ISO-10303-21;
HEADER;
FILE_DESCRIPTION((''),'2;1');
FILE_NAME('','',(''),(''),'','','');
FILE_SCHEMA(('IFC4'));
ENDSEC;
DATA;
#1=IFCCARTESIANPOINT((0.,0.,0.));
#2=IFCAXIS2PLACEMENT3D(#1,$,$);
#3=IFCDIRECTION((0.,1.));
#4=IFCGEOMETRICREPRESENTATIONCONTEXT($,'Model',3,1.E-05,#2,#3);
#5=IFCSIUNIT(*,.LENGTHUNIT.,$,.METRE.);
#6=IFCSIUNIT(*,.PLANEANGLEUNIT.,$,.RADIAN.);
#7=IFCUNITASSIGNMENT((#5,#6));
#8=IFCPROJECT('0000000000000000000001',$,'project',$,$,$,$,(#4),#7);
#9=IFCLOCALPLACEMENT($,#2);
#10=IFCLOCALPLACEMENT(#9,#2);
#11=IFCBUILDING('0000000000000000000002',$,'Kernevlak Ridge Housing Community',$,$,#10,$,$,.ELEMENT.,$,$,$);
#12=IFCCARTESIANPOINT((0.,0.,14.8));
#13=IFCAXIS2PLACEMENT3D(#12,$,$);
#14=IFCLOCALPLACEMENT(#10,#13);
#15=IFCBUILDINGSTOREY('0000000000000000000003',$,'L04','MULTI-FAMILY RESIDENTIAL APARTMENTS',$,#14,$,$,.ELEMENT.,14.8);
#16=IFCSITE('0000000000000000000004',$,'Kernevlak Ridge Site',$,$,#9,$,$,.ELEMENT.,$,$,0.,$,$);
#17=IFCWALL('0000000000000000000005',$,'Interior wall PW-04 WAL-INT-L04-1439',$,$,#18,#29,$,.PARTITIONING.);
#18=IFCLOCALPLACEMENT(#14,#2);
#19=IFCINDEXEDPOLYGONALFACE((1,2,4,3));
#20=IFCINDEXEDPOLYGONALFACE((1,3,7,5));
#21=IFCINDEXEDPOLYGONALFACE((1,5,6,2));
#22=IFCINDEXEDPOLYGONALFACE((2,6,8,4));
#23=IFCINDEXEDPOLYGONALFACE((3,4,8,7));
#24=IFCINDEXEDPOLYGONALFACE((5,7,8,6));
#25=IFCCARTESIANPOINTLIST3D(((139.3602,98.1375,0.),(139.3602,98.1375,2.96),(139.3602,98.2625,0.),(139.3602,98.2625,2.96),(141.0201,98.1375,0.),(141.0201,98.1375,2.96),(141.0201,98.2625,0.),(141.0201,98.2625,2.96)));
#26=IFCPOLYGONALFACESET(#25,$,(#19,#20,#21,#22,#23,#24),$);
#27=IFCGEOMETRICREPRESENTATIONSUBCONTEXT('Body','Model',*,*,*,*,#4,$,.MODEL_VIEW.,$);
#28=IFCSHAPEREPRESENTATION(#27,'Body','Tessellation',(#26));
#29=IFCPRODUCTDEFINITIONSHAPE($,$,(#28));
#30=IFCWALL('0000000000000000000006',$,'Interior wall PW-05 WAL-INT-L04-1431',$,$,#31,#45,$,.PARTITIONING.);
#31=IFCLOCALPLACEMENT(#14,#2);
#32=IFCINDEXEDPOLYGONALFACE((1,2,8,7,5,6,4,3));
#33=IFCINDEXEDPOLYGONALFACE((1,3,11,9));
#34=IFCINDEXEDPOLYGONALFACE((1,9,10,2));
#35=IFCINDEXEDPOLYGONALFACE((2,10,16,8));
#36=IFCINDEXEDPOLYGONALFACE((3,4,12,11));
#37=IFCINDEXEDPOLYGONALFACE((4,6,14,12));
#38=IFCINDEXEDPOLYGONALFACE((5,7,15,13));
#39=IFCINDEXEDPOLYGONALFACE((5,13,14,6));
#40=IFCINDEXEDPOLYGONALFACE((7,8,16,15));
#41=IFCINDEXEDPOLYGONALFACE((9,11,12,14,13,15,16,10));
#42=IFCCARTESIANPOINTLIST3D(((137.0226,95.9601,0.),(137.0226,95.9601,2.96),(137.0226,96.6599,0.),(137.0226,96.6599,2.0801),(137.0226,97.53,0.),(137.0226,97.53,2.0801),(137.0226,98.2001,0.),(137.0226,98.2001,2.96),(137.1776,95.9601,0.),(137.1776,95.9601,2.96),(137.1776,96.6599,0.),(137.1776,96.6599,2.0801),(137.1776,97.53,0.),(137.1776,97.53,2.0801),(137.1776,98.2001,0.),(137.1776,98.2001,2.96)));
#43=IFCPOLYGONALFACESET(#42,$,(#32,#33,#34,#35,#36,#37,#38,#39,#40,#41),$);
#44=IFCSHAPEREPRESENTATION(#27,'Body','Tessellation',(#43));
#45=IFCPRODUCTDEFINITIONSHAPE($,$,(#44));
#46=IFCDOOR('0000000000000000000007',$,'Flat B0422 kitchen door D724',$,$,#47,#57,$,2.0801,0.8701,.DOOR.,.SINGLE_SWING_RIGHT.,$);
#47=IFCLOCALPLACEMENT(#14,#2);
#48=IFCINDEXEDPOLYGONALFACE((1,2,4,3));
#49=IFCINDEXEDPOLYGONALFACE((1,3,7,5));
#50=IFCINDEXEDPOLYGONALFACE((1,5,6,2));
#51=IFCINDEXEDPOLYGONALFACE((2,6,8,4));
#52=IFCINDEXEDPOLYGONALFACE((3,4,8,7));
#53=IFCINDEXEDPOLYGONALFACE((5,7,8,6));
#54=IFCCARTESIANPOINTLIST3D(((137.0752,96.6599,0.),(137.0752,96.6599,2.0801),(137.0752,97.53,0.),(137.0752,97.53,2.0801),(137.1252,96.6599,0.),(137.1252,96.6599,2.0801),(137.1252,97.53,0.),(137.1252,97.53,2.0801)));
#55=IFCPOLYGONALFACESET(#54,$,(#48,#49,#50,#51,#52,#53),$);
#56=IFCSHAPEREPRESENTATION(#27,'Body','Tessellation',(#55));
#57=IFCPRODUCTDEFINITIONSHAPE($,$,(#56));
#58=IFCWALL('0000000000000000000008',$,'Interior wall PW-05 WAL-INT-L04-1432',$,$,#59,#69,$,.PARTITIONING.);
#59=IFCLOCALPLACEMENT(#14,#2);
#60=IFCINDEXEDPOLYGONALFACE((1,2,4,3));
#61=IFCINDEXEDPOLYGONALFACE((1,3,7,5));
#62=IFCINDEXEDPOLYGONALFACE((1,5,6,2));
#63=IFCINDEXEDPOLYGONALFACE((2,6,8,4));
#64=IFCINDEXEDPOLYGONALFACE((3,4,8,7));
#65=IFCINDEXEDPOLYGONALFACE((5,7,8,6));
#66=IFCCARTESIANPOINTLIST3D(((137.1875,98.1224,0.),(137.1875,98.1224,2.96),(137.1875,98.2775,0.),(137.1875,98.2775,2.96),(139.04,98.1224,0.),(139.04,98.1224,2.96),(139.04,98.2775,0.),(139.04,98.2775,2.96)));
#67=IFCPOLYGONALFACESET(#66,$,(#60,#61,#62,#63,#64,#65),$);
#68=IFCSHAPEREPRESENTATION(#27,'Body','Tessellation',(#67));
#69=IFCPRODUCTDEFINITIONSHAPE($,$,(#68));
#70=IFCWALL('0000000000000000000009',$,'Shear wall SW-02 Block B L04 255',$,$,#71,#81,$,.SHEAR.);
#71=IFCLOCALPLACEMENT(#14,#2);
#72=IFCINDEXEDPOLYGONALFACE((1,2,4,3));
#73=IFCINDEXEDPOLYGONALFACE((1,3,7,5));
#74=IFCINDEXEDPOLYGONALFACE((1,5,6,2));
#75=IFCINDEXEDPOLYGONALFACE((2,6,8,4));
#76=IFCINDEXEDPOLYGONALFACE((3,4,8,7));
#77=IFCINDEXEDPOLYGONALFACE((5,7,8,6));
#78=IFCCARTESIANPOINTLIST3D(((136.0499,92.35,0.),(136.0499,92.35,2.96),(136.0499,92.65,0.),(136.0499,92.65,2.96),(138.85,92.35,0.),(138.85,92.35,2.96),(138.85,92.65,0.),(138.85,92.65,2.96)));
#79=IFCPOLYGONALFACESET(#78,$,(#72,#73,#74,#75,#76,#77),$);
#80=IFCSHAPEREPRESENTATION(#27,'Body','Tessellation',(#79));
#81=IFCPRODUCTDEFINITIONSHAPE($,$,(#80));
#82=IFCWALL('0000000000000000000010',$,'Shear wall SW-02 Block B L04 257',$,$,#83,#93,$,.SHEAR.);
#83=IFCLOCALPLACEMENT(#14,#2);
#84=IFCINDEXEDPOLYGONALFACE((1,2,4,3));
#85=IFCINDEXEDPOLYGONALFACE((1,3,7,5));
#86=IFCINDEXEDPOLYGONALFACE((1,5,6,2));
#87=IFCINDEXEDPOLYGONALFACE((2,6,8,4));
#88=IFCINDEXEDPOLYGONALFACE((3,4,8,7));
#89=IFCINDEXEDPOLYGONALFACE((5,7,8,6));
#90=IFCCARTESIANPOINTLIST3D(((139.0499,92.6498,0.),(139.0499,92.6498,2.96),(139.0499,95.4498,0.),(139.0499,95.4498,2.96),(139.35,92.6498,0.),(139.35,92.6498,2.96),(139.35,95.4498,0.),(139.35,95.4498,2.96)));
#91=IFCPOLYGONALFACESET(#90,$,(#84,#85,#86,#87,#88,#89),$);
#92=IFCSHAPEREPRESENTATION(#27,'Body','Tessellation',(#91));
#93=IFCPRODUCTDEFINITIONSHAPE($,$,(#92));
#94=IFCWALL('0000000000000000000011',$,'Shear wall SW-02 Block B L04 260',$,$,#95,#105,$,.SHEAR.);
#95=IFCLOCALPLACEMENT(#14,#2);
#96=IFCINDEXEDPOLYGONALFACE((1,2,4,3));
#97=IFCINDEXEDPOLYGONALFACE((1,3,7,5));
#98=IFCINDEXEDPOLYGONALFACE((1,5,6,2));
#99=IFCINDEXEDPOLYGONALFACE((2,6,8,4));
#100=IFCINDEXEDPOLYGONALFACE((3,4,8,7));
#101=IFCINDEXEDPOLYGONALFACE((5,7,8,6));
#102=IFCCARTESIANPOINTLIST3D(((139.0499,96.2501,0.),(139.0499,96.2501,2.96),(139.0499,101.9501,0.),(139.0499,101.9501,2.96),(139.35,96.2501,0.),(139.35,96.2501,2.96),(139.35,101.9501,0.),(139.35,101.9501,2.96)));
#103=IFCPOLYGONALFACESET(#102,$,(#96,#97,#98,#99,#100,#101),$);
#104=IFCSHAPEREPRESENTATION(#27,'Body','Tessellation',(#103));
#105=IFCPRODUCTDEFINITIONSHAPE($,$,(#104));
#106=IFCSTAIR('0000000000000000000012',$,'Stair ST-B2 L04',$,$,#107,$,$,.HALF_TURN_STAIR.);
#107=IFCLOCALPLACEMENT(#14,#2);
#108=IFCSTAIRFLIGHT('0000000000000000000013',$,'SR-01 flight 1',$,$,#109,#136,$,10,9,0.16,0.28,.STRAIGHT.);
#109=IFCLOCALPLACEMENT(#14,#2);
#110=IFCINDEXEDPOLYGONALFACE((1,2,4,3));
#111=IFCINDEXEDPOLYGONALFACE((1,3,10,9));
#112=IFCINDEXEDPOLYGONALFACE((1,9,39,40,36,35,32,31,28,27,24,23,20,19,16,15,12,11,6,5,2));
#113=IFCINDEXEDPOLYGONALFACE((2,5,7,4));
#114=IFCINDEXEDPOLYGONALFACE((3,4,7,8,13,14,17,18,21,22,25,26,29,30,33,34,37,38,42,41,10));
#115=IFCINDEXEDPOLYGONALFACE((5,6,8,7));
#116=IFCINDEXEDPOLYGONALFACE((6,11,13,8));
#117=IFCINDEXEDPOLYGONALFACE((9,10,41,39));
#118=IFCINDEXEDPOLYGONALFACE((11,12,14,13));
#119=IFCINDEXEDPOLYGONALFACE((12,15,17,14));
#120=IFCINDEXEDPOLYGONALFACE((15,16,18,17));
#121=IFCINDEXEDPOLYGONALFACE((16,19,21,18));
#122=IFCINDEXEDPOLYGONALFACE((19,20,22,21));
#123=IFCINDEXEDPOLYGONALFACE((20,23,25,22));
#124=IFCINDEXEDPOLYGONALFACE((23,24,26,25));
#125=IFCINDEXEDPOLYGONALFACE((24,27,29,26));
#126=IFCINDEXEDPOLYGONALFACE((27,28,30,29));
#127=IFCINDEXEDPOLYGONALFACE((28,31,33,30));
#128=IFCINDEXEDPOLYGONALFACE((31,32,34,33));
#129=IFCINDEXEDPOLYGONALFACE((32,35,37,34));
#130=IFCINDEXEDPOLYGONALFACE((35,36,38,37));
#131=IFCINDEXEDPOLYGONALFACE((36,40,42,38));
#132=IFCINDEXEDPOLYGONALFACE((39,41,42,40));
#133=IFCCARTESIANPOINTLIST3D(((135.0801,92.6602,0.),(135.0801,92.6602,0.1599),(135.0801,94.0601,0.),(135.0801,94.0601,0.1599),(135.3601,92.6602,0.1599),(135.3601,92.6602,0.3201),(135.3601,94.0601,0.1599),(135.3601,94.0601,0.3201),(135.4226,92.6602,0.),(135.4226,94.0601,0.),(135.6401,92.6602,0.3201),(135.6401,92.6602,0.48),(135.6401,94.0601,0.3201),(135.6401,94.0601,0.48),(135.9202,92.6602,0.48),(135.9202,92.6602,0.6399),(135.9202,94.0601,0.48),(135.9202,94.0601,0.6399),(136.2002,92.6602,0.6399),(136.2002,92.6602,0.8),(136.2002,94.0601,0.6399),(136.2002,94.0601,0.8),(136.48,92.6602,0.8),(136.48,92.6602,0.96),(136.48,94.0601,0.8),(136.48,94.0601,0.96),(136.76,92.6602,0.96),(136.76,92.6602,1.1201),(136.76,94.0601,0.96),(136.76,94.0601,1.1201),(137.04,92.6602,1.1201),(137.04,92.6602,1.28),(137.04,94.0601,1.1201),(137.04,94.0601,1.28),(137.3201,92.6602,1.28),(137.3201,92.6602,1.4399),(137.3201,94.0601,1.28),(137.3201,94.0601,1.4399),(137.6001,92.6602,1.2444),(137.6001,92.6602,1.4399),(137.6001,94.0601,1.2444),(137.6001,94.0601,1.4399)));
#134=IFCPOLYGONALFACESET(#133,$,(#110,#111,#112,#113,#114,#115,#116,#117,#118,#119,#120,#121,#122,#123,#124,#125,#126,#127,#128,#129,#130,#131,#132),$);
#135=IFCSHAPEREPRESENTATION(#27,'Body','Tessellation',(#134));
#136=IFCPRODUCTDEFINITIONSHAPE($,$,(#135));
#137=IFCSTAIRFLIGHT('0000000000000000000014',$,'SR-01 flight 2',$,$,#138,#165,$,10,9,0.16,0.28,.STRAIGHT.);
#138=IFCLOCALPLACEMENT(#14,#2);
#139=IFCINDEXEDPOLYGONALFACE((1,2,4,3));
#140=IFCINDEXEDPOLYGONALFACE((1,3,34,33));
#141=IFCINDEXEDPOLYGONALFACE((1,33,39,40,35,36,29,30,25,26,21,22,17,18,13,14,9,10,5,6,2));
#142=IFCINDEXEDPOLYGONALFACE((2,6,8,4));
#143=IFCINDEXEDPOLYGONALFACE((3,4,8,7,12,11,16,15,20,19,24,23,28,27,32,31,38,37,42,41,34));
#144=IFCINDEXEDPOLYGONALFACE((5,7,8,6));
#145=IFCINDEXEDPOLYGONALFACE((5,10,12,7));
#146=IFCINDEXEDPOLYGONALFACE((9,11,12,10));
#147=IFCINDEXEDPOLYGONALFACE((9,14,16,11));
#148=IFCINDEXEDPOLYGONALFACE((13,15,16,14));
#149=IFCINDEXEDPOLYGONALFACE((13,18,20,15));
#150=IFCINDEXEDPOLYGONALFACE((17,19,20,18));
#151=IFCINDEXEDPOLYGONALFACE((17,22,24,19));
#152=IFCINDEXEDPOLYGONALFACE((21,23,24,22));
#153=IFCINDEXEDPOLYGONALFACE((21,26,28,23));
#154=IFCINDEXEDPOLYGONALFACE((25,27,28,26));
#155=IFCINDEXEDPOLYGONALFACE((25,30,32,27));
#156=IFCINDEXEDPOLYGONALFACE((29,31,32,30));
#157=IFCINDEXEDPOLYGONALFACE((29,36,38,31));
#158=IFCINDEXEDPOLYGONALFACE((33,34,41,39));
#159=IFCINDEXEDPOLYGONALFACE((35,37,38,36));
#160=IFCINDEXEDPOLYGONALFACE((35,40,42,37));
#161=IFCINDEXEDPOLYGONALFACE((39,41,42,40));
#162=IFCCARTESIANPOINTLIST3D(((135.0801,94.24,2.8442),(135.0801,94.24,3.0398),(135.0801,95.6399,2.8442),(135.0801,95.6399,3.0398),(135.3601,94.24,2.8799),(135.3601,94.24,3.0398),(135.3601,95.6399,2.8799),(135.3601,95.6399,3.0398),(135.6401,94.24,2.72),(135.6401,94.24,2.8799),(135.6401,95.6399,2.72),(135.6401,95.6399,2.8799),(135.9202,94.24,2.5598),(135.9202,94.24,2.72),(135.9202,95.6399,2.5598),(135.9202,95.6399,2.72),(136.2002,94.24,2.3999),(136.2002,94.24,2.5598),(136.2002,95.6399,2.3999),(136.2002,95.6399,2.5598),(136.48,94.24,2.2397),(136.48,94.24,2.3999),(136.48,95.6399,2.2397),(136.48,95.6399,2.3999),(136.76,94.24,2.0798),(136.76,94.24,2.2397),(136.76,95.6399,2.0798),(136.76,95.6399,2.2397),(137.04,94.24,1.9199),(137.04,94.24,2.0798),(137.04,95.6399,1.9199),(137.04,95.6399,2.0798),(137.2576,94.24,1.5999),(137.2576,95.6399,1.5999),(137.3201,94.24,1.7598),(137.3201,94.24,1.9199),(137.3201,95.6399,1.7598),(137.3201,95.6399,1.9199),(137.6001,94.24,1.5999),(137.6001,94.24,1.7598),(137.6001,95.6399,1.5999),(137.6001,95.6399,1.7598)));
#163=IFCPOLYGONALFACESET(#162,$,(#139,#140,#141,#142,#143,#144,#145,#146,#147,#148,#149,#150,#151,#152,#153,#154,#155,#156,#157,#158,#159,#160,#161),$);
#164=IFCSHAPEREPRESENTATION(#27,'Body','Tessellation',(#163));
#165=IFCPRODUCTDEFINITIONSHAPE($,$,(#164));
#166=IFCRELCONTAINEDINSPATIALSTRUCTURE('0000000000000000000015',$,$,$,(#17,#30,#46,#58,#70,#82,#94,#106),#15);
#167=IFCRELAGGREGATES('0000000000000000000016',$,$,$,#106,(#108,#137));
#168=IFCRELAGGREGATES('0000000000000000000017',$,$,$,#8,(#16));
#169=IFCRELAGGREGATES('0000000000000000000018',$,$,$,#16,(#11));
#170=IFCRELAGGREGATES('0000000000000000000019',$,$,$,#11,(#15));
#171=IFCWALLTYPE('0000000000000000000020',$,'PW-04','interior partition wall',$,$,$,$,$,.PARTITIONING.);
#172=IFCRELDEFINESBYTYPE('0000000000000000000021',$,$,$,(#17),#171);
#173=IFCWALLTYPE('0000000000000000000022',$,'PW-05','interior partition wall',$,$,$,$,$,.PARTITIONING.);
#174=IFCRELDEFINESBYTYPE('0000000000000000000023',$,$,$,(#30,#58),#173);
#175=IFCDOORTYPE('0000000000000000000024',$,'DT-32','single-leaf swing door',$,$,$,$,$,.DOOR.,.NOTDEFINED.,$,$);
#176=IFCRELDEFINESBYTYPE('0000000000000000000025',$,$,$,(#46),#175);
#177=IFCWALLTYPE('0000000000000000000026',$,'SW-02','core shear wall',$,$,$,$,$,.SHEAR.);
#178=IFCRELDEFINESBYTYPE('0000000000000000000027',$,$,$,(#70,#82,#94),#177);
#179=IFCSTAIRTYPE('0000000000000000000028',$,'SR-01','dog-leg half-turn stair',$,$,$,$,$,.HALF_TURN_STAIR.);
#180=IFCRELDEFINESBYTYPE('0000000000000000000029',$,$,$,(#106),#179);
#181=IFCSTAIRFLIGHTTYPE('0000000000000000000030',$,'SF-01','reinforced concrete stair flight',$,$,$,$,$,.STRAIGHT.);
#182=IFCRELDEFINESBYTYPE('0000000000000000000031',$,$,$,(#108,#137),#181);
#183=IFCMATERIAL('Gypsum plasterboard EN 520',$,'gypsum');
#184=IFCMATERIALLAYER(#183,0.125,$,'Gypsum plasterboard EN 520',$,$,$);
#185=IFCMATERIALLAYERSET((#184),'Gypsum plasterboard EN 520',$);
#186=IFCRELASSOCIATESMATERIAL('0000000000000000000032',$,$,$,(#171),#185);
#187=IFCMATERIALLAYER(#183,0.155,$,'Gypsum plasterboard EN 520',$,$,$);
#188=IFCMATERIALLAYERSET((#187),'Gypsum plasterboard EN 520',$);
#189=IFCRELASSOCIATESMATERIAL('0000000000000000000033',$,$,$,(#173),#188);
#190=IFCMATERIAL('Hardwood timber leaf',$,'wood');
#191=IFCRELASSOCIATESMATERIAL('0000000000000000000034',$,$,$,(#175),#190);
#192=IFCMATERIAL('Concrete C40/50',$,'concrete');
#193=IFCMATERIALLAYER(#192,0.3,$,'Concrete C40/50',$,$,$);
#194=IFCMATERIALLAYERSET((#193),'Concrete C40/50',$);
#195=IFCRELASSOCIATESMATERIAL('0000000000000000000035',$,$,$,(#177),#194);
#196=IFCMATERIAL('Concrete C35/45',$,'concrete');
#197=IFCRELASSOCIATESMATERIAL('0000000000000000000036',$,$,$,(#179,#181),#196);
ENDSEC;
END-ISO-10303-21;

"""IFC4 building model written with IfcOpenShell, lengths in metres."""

from ifc_helpers import new_model, si_unit, direction, frame, frame_2d, origin, place, context, subcontext, project, spatial, polyline, rectangle, outline, extrude, material, layer, layer_set, type_object, element, fill, aggregate, save


model = new_model("IFC4")

# Units and contexts
model_context = context("Model", 3, precision=1e-05, world=origin(), true_north=direction((0.0, 1.0)))
body_context = subcontext(model_context, "Body", "Model", "MODEL_VIEW")
ifc_project = project(units=[si_unit("LENGTHUNIT", "METRE"), si_unit("PLANEANGLEUNIT", "RADIAN")], contexts=[model_context])

# Site, building, storey
site_placement = place(None, origin())
site = spatial("IfcSite", under=ifc_project, at=site_placement, Name="Kernevlak Ridge Site", CompositionType="ELEMENT", RefElevation=0.0)
building_placement = place(site_placement, origin())
building = spatial("IfcBuilding", under=site, at=building_placement, Name="Kernevlak Ridge Housing Community", CompositionType="ELEMENT")
storey_placement = place(building_placement, frame((0.0, 0.0, 14.8)))
storey = spatial("IfcBuildingStorey", under=building, at=storey_placement, Name="L04", Description="MULTI-FAMILY RESIDENTIAL APARTMENTS", CompositionType="ELEMENT", Elevation=14.8)

# Shared definitions
ifc_material_1 = material(Name="Concrete C40/50", Category="concrete")

# Shared definitions
ifc_material_2 = material(Name="Concrete C35/45", Category="concrete")

# Shared definitions
ifc_material_3 = material(Name="Gypsum plasterboard EN 520", Category="gypsum")
ifc_layer_1 = layer(ifc_material_3, 0.125, Name="Gypsum plasterboard EN 520")
ifc_layer_set_1 = layer_set([ifc_layer_1], Name="Gypsum plasterboard EN 520")
wall_type_1 = type_object("IfcWallType", Name="PW-04", Description="interior partition wall", PredefinedType="PARTITIONING", material=ifc_layer_set_1)

# Wall
wall_1_placement = place(storey_placement, frame((139.3601, 98.2, 0.0), z_axis=(0.0, 0.0, 1.0), x_axis=(1.0, 0.0, 0.0)))
element("IfcWall", 1, at=wall_1_placement, inside=storey, type_object=wall_type_1, Name="Interior wall PW-04 WAL-INT-L04-1439", PredefinedType="PARTITIONING", context=body_context, shape_type="SweptSolid", body=[
    extrude(rectangle(XDim=1.6599, YDim=0.125, at=frame_2d((0.8301, 0.0))), origin(), (0.0, 0.0, 1.0), 2.96),
])

# Wall, opening, door
ifc_layer_2 = layer(ifc_material_3, 0.155, Name="Gypsum plasterboard EN 520")
ifc_layer_set_2 = layer_set([ifc_layer_2], Name="Gypsum plasterboard EN 520")
wall_type_2 = type_object("IfcWallType", Name="PW-05", Description="interior partition wall", PredefinedType="PARTITIONING", material=ifc_layer_set_2)
wall_2_placement = place(storey_placement, frame((137.1001, 95.96, 0.0), z_axis=(0.0, 0.0, 1.0), x_axis=(0.0, 1.0, 0.0)))
wall_2 = element("IfcWall", 2, at=wall_2_placement, inside=storey, type_object=wall_type_2, Name="Interior wall PW-05 WAL-INT-L04-1431", PredefinedType="PARTITIONING", context=body_context, shape_type="SweptSolid", body=[
    extrude(rectangle(XDim=2.24, YDim=0.155, at=frame_2d((1.1201, 0.0))), origin(), (0.0, 0.0, 1.0), 2.96),
])
opening_1_placement = place(wall_2_placement, frame((0.7, 0.0, 0.0)))
opening_1 = element("IfcOpeningElement", 3, at=opening_1_placement, cuts=wall_2, PredefinedType="OPENING", context=body_context, shape_type="SweptSolid", body=[
    extrude(rectangle(XDim=0.8701, YDim=2.0801, at=frame_2d((0.4351, 1.04))), frame((0.0, 0.0874, 0.0), z_axis=(0.0, -1.0, 0.0), x_axis=(1.0, 0.0, 0.0)), (0.0, 0.0, 1.0), 0.175),
])
ifc_material_4 = material(Name="Hardwood timber leaf", Category="wood")
door_type_1 = type_object("IfcDoorType", Name="DT-32", Description="single-leaf swing door", OperationType="NOTDEFINED", PredefinedType="DOOR", material=ifc_material_4)
door_1_placement = place(opening_1_placement, origin())
door_1 = element("IfcDoor", 4, at=door_1_placement, inside=storey, type_object=door_type_1, Name="Flat B0422 kitchen door D724", OperationType="SINGLE_SWING_RIGHT", OverallHeight=2.0801, OverallWidth=0.8701, PredefinedType="DOOR", context=body_context, shape_type="SweptSolid", body=[
    extrude(rectangle(XDim=0.8701, YDim=2.0801, at=frame_2d((0.4351, 1.04))), frame((0.0, 0.0249, 0.0), z_axis=(0.0, -1.0, 0.0), x_axis=(1.0, 0.0, 0.0)), (0.0, 0.0, 1.0), 0.05),
])
fill(opening_1, door_1)

# Walls
wall_3_placement = place(storey_placement, frame((137.1875, 98.2, 0.0), z_axis=(0.0, 0.0, 1.0), x_axis=(1.0, 0.0, 0.0)))
element("IfcWall", 5, at=wall_3_placement, inside=storey, type_object=wall_type_2, Name="Interior wall PW-05 WAL-INT-L04-1432", PredefinedType="PARTITIONING", context=body_context, shape_type="SweptSolid", body=[
    extrude(rectangle(XDim=1.8525, YDim=0.155, at=frame_2d((0.9263, 0.0))), origin(), (0.0, 0.0, 1.0), 2.96),
])
ifc_layer_3 = layer(ifc_material_1, 0.3, Name="Concrete C40/50")
ifc_layer_set_3 = layer_set([ifc_layer_3], Name="Concrete C40/50")
wall_type_3 = type_object("IfcWallType", Name="SW-02", Description="core shear wall", PredefinedType="SHEAR", material=ifc_layer_set_3)
for number, where, z_axis, x_axis, name in (
    (6, (136.05, 92.5, 0.0), (0.0, 0.0, 1.0), (1.0, 0.0, 0.0), "Shear wall SW-02 Block B L04 255"),
    (7, (139.2, 92.6499, 0.0), (0.0, 0.0, 1.0), (0.0, 1.0, 0.0), "Shear wall SW-02 Block B L04 257"),
):
    element("IfcWall", number, at=place(storey_placement, frame(where, z_axis=z_axis, x_axis=x_axis)), inside=storey, type_object=wall_type_3, Name=name, PredefinedType="SHEAR", context=body_context, shape_type="SweptSolid", body=[
        extrude(rectangle(XDim=2.8, YDim=0.3, at=frame_2d((1.3999, 0.0))), origin(), (0.0, 0.0, 1.0), 2.96),
    ])
wall_4_placement = place(storey_placement, frame((139.2, 96.25, 0.0), z_axis=(0.0, 0.0, 1.0), x_axis=(0.0, 1.0, 0.0)))
element("IfcWall", 8, at=wall_4_placement, inside=storey, type_object=wall_type_3, Name="Shear wall SW-02 Block B L04 260", PredefinedType="SHEAR", context=body_context, shape_type="SweptSolid", body=[
    extrude(rectangle(XDim=5.7, YDim=0.3, at=frame_2d((2.8501, 0.0))), origin(), (0.0, 0.0, 1.0), 2.96),
])

# Stair, stair flights
stair_type = type_object("IfcStairType", Name="SR-01", Description="dog-leg half-turn stair", PredefinedType="HALF_TURN_STAIR", material=ifc_material_2)
stair_placement = place(storey_placement, origin())
stair = element("IfcStair", 9, at=stair_placement, inside=storey, type_object=stair_type, Name="Stair ST-B2 L04", PredefinedType="HALF_TURN_STAIR")
stair_flight_type = type_object("IfcStairFlightType", Name="SF-01", Description="reinforced concrete stair flight", PredefinedType="STRAIGHT", material=ifc_material_2)
stair_flight_1_placement = place(storey_placement, frame((135.0801, 93.3601, 0.0), z_axis=(0.0, 0.0, 1.0), x_axis=(1.0, 0.0, 0.0)))
stair_flight_1 = element("IfcStairFlight", 10, at=stair_flight_1_placement, type_object=stair_flight_type, Name="SR-01 flight 1", NumberOfRisers=10, NumberOfTreads=9, PredefinedType="STRAIGHT", RiserHeight=0.16, TreadLength=0.28, context=body_context, shape_type="SweptSolid", body=[
    extrude(outline(polyline([(0.0, 0.0), (0.0, 0.1599), (0.28, 0.1599), (0.28, 0.3201), (0.5601, 0.3201), (0.5601, 0.48), (0.8401, 0.48), (0.8401, 0.6399), (1.1201, 0.6399), (1.1201, 0.8), (1.3999, 0.8), (1.3999, 0.96), (1.6799, 0.96), (1.6799, 1.1201), (1.96, 1.1201), (1.96, 1.28), (2.24, 1.28), (2.24, 1.4399), (2.52, 1.4399), (2.52, 1.6001), (2.52, 1.2444), (0.3425, 0.0), (0.0, 0.0)])), frame((0.0, 0.7, 0.0), z_axis=(0.0, -1.0, 0.0), x_axis=(1.0, 0.0, 0.0)), (0.0, 0.0, 1.0), 1.3999),
])
stair_flight_2_placement = place(storey_placement, frame((137.6001, 94.9399, 1.5999), z_axis=(0.0, 0.0, 1.0), x_axis=(-1.0, 0.0, 0.0)))
stair_flight_2 = element("IfcStairFlight", 11, at=stair_flight_2_placement, type_object=stair_flight_type, Name="SR-01 flight 2", NumberOfRisers=10, NumberOfTreads=9, PredefinedType="STRAIGHT", RiserHeight=0.16, TreadLength=0.28, context=body_context, shape_type="SweptSolid", body=[
    extrude(outline(polyline([(0.0, 0.0), (0.0, 0.1599), (0.28, 0.1599), (0.28, 0.3201), (0.5601, 0.3201), (0.5601, 0.48), (0.8401, 0.48), (0.8401, 0.6399), (1.1201, 0.6399), (1.1201, 0.8), (1.3999, 0.8), (1.3999, 0.96), (1.6799, 0.96), (1.6799, 1.1201), (1.96, 1.1201), (1.96, 1.28), (2.24, 1.28), (2.24, 1.4399), (2.52, 1.4399), (2.52, 1.6001), (2.52, 1.2444), (0.3425, 0.0), (0.0, 0.0)])), frame((0.0, 0.7, 0.0), z_axis=(0.0, -1.0, 0.0), x_axis=(1.0, 0.0, 0.0)), (0.0, 0.0, 1.0), 1.3999),
])
aggregate(stair, [stair_flight_1, stair_flight_2])

save(model, "model.ifc")
